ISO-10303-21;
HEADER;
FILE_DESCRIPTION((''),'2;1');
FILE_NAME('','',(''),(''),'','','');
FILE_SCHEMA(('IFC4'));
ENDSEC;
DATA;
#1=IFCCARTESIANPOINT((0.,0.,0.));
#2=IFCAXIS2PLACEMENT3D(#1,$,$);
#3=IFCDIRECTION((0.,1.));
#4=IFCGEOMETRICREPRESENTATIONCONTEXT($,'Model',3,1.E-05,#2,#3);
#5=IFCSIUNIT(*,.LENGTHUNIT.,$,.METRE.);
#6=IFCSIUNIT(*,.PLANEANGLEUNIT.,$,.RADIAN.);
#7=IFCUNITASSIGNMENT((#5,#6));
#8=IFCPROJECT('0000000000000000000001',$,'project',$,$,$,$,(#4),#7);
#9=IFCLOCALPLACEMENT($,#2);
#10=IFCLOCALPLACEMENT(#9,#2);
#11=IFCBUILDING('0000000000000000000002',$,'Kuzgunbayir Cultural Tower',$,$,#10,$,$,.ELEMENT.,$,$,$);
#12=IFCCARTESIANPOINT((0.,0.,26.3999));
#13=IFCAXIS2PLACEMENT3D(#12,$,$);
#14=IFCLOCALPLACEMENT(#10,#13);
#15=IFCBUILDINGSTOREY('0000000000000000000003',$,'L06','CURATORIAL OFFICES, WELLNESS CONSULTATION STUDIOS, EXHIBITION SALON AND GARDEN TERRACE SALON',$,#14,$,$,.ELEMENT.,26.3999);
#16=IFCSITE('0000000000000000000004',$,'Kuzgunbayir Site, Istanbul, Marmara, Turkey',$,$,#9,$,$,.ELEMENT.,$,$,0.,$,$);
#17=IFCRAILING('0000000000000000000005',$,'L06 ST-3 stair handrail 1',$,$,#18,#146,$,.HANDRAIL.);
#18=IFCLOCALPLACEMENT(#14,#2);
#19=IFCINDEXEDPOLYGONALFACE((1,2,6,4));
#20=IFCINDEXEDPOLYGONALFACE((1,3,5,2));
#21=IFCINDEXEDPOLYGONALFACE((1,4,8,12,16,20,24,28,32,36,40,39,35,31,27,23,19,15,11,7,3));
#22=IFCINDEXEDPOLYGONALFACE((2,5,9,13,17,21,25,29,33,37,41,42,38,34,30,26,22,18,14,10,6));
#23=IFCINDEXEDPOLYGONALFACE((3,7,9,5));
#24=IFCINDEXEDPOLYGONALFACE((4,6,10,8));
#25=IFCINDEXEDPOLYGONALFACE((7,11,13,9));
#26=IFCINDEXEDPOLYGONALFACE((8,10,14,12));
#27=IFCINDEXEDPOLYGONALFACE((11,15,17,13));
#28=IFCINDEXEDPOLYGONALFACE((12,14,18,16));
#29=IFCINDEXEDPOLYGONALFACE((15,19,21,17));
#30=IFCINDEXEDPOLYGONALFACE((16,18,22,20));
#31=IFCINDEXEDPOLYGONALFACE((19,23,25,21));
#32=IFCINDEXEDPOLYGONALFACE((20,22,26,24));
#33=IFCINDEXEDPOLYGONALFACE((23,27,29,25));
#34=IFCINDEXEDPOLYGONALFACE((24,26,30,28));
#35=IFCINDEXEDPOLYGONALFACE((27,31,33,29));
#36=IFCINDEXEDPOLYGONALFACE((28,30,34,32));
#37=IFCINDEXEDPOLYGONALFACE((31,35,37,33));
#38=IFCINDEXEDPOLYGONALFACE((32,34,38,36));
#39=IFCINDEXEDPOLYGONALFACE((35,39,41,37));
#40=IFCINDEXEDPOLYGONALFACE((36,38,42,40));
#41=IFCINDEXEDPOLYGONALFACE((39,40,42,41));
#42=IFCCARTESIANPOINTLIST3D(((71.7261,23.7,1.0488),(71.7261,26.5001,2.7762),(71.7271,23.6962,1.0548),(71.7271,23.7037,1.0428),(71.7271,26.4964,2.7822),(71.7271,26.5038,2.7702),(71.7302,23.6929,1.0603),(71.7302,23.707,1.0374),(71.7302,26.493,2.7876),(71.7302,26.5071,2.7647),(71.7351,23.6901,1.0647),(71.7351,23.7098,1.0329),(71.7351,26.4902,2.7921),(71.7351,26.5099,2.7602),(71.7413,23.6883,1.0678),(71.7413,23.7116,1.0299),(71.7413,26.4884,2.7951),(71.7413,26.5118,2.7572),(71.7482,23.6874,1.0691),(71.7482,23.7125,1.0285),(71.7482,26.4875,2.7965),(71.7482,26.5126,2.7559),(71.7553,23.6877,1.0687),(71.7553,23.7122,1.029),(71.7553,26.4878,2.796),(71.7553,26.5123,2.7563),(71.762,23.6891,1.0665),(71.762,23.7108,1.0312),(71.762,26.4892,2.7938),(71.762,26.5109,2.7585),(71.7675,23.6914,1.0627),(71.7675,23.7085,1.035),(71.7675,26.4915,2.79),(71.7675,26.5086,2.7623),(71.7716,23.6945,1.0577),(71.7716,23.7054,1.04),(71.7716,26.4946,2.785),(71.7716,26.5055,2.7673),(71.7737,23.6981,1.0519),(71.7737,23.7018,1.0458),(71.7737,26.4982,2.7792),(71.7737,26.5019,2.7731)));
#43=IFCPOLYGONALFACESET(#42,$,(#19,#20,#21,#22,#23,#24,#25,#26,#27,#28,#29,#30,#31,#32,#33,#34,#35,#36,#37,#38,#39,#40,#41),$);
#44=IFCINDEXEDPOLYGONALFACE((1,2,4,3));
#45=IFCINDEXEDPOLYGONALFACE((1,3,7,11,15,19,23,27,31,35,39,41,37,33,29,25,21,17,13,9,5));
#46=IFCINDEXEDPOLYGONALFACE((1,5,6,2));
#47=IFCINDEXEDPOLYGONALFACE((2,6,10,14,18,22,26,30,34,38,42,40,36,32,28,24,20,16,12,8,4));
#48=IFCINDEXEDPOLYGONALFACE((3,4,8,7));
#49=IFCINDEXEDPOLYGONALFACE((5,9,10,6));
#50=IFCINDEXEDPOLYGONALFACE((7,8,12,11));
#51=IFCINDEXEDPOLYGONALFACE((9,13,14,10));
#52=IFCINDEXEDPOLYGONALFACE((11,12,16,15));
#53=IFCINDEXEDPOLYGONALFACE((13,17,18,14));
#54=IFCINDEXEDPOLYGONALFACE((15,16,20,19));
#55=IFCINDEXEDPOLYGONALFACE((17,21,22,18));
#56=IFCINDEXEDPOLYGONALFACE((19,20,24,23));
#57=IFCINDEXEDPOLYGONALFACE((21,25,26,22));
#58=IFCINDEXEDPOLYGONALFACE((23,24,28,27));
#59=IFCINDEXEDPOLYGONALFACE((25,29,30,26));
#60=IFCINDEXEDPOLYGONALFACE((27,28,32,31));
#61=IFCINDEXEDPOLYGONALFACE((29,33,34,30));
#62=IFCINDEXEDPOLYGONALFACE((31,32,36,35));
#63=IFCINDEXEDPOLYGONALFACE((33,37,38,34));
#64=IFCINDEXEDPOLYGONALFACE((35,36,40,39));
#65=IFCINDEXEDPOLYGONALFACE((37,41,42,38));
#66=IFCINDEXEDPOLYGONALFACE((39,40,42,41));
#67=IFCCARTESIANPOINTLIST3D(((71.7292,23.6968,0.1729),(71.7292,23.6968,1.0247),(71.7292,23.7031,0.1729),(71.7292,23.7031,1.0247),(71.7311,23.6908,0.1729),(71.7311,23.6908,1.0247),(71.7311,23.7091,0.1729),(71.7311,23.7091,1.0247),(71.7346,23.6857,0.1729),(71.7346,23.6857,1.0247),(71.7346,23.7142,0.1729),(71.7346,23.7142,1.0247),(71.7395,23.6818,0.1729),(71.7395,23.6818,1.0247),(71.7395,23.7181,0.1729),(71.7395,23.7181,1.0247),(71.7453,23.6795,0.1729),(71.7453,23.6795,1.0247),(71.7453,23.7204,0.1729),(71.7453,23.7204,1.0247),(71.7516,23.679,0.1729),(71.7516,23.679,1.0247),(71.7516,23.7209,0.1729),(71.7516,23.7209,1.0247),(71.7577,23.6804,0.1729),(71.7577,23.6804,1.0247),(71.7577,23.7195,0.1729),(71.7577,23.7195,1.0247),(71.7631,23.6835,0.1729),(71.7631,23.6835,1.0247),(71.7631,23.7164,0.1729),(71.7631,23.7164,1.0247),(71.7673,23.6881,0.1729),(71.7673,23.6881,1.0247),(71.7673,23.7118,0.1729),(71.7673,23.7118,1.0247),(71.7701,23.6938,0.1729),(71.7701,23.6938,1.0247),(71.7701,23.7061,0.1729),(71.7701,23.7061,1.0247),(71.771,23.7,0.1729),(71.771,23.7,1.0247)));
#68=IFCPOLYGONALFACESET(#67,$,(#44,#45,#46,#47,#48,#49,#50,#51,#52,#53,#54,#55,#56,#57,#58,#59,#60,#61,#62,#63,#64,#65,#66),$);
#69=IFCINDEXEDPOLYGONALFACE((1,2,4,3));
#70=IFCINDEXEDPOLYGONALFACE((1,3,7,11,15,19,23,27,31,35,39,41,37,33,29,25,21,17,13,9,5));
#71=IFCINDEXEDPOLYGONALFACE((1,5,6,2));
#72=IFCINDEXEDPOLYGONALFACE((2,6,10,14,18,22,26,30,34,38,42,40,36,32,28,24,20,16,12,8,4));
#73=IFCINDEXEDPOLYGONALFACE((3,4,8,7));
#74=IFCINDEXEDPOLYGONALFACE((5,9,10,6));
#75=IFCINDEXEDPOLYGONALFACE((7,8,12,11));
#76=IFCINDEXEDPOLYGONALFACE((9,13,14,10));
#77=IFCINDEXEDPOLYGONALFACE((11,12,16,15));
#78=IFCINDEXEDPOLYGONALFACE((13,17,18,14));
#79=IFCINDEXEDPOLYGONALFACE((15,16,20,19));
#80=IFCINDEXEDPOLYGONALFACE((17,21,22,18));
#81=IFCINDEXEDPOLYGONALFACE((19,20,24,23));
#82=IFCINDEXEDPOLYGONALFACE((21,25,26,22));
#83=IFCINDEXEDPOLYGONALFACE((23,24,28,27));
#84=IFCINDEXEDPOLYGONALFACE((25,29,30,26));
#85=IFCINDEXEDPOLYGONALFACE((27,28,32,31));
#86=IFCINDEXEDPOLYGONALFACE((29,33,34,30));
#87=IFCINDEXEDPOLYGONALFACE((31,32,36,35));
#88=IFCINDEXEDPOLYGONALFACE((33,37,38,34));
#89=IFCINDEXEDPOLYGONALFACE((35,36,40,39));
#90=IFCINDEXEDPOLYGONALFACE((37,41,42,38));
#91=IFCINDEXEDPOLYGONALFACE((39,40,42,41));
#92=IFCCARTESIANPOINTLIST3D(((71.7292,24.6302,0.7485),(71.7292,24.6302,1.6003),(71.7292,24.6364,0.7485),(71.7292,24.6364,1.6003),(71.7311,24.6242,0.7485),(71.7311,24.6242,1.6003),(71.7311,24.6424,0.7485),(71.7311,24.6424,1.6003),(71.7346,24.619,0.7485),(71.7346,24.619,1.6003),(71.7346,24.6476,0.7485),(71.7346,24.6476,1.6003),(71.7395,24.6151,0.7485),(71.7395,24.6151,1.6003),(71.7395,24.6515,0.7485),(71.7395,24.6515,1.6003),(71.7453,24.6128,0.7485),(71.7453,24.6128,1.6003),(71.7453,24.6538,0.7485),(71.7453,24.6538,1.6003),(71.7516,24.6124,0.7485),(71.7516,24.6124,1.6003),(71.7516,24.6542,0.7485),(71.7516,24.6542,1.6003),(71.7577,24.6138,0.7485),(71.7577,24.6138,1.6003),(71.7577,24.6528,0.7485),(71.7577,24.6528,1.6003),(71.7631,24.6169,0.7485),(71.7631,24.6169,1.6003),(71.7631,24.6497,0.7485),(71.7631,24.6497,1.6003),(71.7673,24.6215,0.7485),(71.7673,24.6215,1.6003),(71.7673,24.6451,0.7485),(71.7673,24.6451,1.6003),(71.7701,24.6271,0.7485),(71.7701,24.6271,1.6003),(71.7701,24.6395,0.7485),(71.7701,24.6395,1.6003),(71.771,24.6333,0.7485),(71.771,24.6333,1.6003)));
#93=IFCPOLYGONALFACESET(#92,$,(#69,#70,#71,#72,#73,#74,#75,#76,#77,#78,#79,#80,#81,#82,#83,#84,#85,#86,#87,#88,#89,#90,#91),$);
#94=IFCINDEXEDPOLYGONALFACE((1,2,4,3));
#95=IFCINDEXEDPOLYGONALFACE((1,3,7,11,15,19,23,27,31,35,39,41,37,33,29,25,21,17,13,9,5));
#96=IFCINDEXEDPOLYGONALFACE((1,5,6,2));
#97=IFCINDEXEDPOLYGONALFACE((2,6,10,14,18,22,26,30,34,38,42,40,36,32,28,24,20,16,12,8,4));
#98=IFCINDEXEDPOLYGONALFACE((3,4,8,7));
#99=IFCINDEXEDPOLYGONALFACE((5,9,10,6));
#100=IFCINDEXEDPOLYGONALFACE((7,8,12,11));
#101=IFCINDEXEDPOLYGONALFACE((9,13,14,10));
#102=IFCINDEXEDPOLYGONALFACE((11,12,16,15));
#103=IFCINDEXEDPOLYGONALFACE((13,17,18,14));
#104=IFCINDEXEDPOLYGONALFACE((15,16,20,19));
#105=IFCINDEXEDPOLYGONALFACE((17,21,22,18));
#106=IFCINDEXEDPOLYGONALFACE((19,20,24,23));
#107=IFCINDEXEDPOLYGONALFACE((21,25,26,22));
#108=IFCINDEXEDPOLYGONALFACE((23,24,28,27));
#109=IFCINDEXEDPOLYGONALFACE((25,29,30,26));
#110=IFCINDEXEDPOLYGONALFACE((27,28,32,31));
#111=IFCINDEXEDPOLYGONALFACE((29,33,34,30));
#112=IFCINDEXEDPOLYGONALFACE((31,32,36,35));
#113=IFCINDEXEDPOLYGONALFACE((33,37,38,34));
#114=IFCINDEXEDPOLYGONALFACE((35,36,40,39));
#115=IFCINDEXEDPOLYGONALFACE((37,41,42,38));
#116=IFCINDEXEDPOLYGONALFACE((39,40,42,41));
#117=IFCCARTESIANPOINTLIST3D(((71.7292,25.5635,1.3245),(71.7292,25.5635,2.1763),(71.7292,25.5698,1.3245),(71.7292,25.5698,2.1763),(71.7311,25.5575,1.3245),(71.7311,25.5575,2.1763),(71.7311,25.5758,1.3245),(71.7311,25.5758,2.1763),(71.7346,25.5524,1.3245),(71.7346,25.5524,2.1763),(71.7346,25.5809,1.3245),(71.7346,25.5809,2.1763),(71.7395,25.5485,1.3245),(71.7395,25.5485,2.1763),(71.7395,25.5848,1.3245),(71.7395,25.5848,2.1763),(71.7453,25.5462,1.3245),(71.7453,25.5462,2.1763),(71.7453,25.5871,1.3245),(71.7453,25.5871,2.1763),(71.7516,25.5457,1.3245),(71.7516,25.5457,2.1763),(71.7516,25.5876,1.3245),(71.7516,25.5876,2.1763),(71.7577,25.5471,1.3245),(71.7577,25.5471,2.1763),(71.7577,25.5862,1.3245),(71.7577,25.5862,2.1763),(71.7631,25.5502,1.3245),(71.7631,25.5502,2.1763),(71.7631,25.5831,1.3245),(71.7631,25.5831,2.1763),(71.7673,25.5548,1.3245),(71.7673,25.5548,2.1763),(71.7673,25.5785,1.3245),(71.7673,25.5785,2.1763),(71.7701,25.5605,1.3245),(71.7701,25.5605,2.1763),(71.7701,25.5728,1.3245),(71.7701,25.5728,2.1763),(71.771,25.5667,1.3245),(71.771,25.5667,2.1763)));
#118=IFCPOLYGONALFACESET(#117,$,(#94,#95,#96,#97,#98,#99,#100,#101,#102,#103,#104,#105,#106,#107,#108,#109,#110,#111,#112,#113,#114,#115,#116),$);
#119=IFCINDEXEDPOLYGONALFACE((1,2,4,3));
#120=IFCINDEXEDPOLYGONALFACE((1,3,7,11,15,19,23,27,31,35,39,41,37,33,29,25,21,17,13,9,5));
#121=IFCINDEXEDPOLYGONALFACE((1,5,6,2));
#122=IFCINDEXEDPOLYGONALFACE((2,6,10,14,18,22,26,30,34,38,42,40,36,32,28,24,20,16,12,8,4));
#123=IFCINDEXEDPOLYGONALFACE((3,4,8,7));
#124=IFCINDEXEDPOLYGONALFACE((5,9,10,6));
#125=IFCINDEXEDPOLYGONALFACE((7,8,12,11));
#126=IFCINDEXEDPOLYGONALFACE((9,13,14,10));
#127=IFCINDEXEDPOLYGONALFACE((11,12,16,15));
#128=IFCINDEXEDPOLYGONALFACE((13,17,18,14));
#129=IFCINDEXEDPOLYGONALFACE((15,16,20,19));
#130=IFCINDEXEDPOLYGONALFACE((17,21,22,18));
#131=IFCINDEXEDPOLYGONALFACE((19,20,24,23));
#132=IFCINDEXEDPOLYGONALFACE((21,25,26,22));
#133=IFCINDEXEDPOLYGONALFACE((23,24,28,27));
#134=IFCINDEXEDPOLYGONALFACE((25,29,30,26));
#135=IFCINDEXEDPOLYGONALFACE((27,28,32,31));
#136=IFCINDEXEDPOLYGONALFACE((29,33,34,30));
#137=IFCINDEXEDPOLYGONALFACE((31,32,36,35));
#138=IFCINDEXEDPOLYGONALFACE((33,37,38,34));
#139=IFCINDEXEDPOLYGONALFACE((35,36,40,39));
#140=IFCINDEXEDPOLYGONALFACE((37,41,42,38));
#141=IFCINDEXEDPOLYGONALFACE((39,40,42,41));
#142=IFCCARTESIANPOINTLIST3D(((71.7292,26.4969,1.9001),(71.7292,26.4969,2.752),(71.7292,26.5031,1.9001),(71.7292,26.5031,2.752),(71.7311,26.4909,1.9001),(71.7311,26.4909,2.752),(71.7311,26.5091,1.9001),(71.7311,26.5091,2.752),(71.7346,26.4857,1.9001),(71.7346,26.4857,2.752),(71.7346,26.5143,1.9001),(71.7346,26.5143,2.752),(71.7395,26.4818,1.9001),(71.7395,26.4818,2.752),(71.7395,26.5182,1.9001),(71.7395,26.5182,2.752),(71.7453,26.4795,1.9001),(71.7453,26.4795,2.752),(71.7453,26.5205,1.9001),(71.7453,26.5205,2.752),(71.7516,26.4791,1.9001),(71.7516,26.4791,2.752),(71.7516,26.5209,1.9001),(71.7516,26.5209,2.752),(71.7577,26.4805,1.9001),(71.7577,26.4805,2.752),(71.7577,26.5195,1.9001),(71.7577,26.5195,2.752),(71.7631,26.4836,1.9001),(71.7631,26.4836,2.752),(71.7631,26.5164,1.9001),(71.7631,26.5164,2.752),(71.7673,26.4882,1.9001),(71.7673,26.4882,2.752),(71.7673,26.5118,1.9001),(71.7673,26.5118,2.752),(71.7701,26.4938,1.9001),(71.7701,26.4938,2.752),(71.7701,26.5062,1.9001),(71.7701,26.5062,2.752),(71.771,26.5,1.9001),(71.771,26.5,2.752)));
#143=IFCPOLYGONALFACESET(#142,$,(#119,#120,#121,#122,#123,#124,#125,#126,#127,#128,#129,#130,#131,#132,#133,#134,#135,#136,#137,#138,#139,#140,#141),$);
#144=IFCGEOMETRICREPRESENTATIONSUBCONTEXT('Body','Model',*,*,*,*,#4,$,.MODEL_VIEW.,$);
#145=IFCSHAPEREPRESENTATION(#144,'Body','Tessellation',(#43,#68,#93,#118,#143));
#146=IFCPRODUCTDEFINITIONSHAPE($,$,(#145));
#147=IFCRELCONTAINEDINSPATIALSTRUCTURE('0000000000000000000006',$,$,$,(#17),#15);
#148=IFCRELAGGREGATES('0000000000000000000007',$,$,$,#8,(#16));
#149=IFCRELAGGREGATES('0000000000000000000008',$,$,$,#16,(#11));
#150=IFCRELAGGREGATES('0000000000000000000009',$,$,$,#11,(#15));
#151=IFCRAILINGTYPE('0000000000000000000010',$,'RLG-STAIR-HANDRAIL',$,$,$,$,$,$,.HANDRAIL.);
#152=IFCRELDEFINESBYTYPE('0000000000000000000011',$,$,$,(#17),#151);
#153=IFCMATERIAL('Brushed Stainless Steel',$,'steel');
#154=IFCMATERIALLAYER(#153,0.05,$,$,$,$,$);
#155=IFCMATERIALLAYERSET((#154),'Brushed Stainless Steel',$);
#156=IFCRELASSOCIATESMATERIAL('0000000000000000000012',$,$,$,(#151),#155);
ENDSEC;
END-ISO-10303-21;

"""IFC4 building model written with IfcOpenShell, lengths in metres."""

from ifc_helpers import new_model, si_unit, direction, frame, origin, origin_2d, place, context, subcontext, project, spatial, circle, extrude, material, layer, layer_set, type_object, element, save


model = new_model("IFC4")

# Units and contexts
model_context = context("Model", 3, precision=1e-05, world=origin(), true_north=direction((0.0, 1.0)))
body_context = subcontext(model_context, "Body", "Model", "MODEL_VIEW")
ifc_project = project(units=[si_unit("LENGTHUNIT", "METRE"), si_unit("PLANEANGLEUNIT", "RADIAN")], contexts=[model_context])

# Site, building, storey
site_placement = place(None, origin())
site = spatial("IfcSite", under=ifc_project, at=site_placement, Name="Kuzgunbayir Site, Istanbul, Marmara, Turkey", CompositionType="ELEMENT", RefElevation=0.0)
building_placement = place(site_placement, origin())
building = spatial("IfcBuilding", under=site, at=building_placement, Name="Kuzgunbayir Cultural Tower", CompositionType="ELEMENT")
storey_placement = place(building_placement, frame((0.0, 0.0, 26.3999)))
storey = spatial("IfcBuildingStorey", under=building, at=storey_placement, Name="L06", Description="CURATORIAL OFFICES, WELLNESS CONSULTATION STUDIOS, EXHIBITION SALON AND GARDEN TERRACE SALON", CompositionType="ELEMENT", Elevation=26.3999)

# Railing
ifc_material_1 = material(Name="Brushed Stainless Steel", Category="steel")
ifc_layer_1 = layer(ifc_material_1, 0.05)
ifc_layer_set_1 = layer_set([ifc_layer_1], Name="Brushed Stainless Steel")
railing_type_1 = type_object("IfcRailingType", Name="RLG-STAIR-HANDRAIL", PredefinedType="HANDRAIL", material=ifc_layer_set_1)
railing_1_placement = place(storey_placement, frame((71.75, 23.7, 0.1729)))
element("IfcRailing", 1, at=railing_1_placement, inside=storey, type_object=railing_type_1, Name="L06 ST-3 stair handrail 1", PredefinedType="HANDRAIL", context=body_context, shape_type="SweptSolid", body=[
    extrude(circle(Radius=0.0239, at=origin_2d()), frame((0.0, 0.0, 0.876), z_axis=(0.0, 0.85109, 0.52502), x_axis=(-1.0, 0.0, 0.0)), (0.0, 0.0, 1.0), 3.29),
    extrude(circle(Radius=0.021, at=origin_2d()), origin(), (0.0, 0.0, 1.0), 0.8518),
    extrude(circle(Radius=0.021, at=origin_2d()), frame((0.0, 0.9333, 0.5757)), (0.0, 0.0, 1.0), 0.8518),
    extrude(circle(Radius=0.021, at=origin_2d()), frame((0.0, 1.8667, 1.1516)), (0.0, 0.0, 1.0), 0.8518),
    extrude(circle(Radius=0.021, at=origin_2d()), frame((0.0, 2.8, 1.7273)), (0.0, 0.0, 1.0), 0.8518),
])

save(model, "model.ifc")
